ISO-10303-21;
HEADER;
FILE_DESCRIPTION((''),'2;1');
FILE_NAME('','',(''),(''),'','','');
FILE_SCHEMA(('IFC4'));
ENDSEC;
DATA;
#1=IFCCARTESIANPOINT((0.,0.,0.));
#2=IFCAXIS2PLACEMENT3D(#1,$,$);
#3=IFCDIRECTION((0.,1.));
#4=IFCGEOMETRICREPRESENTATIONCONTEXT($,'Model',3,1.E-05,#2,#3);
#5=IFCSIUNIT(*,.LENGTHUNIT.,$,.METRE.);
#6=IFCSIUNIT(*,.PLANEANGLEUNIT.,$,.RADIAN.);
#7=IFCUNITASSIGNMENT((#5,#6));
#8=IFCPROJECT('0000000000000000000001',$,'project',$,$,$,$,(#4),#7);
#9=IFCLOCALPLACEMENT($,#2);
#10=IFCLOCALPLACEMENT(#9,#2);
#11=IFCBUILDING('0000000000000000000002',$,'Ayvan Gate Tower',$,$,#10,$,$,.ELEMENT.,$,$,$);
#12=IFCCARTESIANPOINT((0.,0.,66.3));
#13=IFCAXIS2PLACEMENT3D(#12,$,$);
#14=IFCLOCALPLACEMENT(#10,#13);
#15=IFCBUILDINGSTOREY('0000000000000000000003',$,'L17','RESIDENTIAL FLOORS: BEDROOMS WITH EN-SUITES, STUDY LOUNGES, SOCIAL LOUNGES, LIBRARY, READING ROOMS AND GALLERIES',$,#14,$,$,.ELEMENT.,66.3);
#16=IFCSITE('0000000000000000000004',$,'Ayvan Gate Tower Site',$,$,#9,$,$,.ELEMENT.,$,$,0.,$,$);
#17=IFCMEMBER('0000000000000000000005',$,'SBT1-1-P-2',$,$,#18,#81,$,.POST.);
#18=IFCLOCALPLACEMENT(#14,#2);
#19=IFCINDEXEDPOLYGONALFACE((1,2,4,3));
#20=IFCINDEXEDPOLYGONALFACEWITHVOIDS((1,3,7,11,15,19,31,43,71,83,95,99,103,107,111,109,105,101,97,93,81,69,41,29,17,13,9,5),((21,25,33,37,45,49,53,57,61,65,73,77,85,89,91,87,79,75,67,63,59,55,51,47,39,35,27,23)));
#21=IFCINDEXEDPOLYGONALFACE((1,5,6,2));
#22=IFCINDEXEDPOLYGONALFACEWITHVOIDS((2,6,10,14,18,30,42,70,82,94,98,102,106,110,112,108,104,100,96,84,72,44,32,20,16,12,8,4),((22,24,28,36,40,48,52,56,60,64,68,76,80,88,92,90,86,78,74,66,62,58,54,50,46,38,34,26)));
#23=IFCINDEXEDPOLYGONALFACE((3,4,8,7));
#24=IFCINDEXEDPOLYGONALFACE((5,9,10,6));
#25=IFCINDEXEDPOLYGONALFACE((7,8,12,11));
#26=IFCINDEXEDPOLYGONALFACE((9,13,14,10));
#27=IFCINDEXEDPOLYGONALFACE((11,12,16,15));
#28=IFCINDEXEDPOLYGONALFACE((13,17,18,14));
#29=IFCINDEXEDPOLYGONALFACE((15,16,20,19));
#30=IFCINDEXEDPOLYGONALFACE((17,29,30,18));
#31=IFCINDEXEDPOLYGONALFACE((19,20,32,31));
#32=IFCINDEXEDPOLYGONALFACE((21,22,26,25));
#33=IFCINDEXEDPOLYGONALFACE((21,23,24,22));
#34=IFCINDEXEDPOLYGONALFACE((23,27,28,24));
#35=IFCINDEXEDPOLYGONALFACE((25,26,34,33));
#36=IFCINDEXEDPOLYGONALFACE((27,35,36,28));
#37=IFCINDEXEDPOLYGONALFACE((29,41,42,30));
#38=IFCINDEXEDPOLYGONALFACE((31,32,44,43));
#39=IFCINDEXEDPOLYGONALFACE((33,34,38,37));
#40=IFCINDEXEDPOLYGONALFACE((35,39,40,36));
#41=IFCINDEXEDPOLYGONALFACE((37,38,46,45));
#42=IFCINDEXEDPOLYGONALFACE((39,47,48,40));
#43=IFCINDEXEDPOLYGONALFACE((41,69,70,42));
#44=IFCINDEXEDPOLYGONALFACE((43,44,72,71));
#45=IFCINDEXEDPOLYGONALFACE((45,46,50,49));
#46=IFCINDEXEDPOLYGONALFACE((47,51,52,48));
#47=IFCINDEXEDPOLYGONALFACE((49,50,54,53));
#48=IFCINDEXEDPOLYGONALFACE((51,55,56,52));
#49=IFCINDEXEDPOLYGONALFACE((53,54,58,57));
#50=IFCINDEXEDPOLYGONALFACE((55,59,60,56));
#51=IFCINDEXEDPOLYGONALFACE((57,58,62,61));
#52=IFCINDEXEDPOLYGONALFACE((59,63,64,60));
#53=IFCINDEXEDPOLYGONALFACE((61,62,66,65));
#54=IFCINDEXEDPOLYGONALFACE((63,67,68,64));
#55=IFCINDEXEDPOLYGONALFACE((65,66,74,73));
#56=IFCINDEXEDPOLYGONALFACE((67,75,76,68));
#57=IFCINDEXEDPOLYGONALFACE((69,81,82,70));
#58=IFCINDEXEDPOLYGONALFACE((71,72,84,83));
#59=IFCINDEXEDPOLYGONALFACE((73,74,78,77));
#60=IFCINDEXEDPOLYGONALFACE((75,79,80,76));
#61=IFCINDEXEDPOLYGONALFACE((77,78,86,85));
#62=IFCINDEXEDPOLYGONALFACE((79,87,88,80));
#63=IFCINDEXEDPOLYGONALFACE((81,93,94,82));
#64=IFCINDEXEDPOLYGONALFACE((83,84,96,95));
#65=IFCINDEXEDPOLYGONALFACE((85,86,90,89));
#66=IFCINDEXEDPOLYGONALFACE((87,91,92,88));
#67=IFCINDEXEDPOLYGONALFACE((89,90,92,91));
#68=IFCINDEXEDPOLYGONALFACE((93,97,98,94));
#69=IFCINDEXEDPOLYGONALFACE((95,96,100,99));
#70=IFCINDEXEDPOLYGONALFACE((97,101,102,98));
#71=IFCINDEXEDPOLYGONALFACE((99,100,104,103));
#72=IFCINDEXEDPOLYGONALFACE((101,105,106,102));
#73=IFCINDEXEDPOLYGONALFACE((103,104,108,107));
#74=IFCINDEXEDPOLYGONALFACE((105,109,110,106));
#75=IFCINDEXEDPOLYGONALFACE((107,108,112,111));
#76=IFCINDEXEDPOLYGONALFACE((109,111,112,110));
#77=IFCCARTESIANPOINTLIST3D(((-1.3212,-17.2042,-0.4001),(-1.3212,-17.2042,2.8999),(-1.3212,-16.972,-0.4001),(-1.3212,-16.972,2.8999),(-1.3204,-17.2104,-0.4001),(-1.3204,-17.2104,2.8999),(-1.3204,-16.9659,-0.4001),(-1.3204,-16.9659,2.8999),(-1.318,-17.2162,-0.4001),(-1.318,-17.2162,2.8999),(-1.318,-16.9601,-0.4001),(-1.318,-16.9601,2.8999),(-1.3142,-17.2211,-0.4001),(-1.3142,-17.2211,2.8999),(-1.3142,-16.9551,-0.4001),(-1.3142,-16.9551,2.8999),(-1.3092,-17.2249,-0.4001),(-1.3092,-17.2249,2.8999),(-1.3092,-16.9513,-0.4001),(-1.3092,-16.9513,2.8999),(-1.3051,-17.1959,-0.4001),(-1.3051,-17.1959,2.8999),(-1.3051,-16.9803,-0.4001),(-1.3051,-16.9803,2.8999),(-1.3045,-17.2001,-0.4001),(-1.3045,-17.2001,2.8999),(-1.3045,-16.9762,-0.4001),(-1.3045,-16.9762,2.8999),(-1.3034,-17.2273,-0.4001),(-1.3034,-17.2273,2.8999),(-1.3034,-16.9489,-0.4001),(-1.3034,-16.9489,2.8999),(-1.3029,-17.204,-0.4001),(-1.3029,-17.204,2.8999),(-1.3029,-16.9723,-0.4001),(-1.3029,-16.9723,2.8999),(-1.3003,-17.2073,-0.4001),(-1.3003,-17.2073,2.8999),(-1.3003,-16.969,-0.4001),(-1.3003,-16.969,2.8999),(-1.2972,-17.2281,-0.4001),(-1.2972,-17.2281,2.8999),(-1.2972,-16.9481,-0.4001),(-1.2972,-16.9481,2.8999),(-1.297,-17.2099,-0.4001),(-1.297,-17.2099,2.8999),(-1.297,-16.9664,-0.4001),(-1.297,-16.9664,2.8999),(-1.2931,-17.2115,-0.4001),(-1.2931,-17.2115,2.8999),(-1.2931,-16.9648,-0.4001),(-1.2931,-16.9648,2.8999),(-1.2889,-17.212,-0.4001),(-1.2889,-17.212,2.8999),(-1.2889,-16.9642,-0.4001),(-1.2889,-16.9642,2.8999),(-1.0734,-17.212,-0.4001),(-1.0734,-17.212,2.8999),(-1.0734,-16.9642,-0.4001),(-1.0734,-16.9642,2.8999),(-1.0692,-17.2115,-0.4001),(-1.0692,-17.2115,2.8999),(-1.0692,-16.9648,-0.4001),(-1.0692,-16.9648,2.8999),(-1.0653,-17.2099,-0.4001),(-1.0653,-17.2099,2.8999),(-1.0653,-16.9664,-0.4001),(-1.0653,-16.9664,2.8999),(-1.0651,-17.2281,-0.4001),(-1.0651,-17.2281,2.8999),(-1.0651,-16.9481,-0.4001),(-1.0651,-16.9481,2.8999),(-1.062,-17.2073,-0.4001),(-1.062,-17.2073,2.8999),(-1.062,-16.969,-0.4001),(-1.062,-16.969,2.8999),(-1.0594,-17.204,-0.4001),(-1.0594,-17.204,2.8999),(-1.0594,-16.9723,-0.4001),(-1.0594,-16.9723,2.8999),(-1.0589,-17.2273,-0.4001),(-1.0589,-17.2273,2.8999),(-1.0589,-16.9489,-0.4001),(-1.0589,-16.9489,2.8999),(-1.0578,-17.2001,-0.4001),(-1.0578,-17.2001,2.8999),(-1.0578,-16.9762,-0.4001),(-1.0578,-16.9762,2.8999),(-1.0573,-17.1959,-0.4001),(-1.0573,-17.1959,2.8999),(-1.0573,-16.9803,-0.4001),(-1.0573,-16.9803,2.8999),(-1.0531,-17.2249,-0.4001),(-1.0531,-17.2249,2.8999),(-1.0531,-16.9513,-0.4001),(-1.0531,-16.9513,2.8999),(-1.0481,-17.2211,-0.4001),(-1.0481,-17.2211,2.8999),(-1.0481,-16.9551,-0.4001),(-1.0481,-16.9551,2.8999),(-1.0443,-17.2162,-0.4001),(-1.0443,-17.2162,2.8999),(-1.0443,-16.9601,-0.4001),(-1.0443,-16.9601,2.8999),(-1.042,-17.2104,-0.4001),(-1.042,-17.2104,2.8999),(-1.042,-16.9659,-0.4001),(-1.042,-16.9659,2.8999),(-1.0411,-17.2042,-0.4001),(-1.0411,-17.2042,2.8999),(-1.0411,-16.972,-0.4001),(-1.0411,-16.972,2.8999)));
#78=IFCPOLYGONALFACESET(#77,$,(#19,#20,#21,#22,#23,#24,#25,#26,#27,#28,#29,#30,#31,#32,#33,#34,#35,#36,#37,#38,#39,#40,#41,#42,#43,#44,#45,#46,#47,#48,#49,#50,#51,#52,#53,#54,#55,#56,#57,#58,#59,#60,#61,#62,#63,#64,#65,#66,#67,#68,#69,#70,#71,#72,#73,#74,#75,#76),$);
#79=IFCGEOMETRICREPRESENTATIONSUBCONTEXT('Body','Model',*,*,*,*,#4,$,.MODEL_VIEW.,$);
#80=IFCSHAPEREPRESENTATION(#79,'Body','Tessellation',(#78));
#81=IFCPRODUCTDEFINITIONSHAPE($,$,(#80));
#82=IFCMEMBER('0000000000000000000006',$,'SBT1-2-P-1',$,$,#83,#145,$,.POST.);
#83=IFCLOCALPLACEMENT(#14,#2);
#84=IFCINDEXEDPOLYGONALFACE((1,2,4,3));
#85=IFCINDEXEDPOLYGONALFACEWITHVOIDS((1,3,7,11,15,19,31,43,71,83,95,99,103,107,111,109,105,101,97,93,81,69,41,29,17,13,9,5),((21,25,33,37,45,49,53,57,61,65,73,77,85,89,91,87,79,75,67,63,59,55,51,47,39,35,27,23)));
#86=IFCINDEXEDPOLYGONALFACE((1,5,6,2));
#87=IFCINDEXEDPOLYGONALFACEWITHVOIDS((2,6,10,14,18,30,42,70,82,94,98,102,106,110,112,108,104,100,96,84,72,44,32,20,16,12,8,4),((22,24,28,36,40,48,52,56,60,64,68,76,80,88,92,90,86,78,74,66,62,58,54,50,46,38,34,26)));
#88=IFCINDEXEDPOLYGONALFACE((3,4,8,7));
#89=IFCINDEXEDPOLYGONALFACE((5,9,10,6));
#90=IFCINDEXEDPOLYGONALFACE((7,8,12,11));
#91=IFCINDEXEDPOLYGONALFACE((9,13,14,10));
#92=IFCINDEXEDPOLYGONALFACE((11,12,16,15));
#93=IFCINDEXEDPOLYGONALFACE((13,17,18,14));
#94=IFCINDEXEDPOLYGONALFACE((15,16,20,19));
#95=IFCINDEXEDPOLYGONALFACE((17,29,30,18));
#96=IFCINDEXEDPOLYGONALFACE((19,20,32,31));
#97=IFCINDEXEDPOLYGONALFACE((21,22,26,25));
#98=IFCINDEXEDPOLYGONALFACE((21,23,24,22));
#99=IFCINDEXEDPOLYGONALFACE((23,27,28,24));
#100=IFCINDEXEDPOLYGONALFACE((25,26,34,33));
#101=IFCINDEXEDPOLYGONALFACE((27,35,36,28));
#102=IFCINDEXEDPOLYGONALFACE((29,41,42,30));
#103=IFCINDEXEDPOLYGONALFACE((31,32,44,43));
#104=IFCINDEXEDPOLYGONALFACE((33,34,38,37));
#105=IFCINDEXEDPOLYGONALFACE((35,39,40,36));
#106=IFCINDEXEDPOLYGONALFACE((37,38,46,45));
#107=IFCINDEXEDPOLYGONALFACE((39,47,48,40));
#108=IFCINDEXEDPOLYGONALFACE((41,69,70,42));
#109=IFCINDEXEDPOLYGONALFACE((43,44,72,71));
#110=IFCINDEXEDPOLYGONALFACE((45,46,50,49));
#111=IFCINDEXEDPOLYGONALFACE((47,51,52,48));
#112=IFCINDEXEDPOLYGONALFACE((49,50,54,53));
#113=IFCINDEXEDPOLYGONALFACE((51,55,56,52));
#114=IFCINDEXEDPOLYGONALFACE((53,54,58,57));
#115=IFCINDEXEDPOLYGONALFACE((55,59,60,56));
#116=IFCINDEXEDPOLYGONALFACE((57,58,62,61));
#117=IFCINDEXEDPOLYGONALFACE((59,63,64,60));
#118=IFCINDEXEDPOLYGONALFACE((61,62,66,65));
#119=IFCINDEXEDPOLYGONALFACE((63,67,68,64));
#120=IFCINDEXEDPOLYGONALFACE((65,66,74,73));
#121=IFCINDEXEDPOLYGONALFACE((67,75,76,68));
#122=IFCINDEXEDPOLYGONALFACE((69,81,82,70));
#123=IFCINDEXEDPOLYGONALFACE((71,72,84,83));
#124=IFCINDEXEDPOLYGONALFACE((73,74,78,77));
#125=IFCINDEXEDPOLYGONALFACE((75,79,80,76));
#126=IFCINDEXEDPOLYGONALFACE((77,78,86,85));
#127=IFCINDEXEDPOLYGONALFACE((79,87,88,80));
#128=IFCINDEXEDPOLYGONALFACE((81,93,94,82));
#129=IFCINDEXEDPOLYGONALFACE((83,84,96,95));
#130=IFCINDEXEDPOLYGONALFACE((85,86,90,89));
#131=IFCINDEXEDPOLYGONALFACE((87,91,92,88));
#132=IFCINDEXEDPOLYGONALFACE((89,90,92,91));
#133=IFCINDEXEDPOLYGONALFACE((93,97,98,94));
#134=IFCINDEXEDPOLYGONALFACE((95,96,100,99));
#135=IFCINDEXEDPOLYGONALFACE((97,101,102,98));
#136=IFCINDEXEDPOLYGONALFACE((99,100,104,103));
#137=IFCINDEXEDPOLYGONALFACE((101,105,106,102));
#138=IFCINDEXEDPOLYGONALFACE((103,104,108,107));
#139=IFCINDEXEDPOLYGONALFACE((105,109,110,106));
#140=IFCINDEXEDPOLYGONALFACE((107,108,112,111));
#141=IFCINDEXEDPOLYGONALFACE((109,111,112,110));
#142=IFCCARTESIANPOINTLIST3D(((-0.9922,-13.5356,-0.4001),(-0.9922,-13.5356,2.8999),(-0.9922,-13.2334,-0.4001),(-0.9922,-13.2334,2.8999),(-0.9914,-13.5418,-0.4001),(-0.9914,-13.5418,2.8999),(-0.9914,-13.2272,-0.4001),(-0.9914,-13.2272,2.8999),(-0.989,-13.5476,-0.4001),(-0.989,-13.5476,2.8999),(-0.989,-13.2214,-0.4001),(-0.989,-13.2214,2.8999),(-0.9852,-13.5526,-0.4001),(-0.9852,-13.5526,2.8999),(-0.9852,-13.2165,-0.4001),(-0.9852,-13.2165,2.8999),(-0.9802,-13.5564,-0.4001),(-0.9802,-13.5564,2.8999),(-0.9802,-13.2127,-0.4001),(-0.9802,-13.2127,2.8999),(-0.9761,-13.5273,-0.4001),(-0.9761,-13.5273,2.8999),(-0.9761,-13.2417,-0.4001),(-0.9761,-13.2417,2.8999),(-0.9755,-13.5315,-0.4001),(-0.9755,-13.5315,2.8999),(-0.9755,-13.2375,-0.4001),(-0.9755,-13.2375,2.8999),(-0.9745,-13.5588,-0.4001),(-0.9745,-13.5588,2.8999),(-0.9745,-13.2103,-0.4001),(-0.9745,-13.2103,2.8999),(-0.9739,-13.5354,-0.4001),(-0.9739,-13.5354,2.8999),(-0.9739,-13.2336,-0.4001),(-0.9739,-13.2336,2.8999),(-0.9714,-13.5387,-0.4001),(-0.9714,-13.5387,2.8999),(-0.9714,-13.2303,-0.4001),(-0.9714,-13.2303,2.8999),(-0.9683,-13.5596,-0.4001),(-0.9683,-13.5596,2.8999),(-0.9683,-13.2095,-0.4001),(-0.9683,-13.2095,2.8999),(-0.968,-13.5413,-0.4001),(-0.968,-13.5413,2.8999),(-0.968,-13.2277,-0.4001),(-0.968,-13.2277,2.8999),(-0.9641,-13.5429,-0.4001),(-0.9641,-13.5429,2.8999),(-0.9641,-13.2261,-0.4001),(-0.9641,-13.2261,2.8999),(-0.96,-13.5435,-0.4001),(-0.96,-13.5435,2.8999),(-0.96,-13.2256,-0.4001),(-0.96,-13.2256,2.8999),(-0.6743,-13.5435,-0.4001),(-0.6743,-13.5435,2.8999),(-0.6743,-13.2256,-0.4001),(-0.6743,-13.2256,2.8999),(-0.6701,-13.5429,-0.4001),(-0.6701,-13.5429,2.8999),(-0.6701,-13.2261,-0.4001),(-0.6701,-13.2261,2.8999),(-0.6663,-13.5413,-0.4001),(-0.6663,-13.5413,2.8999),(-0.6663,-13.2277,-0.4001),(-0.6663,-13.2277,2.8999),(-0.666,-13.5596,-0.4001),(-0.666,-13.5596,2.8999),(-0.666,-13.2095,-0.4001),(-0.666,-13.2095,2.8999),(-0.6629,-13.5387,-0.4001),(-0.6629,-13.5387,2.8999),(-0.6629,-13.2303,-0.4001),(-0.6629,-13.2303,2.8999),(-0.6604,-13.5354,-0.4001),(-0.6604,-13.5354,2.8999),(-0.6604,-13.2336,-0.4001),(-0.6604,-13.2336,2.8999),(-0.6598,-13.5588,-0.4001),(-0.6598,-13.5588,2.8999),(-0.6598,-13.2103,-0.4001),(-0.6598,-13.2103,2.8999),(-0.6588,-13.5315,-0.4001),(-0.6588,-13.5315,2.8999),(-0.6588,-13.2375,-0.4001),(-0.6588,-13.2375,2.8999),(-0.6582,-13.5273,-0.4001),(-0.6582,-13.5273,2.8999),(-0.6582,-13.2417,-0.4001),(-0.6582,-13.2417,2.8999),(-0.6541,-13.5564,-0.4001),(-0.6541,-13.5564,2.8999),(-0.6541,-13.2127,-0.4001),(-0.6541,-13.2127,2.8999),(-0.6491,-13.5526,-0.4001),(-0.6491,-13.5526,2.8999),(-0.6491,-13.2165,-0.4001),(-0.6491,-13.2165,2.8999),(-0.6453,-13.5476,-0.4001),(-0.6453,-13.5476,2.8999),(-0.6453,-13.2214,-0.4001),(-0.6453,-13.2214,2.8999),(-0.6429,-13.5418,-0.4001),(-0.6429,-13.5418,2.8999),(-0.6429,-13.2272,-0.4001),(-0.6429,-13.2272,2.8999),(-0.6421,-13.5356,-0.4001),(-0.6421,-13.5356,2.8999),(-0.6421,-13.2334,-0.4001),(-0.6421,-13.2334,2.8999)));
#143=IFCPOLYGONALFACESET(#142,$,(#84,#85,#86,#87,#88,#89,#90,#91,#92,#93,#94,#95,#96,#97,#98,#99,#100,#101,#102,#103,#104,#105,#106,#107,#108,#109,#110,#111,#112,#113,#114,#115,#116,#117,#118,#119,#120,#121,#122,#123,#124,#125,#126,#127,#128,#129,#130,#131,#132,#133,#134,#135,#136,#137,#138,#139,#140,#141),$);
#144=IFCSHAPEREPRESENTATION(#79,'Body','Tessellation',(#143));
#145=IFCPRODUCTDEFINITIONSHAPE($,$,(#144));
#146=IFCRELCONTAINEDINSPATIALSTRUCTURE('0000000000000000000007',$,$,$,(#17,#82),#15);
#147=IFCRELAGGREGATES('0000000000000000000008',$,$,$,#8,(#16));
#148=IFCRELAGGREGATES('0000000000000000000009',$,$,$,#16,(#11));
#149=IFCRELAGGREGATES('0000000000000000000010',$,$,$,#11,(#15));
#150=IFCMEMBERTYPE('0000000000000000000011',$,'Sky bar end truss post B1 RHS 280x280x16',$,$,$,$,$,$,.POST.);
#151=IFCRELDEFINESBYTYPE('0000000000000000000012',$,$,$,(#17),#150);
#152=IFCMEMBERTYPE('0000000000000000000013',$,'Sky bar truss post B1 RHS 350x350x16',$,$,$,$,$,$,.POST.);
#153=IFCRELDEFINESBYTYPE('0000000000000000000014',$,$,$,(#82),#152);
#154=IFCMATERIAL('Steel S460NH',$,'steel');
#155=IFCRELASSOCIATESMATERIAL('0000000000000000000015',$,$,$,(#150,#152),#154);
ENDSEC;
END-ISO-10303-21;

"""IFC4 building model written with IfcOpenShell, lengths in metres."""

from ifc_helpers import new_model, si_unit, direction, frame, origin, origin_2d, place, context, subcontext, project, spatial, hollow_rectangle, extrude, material, material_profile, profile_set, type_object, element, save


model = new_model("IFC4")

# Units and contexts
model_context = context("Model", 3, precision=1e-05, world=origin(), true_north=direction((0.0, 1.0)))
body_context = subcontext(model_context, "Body", "Model", "MODEL_VIEW")
ifc_project = project(units=[si_unit("LENGTHUNIT", "METRE"), si_unit("PLANEANGLEUNIT", "RADIAN")], contexts=[model_context])

# Site, building, storey
site_placement = place(None, origin())
site = spatial("IfcSite", under=ifc_project, at=site_placement, Name="Ayvan Gate Tower Site", CompositionType="ELEMENT", RefElevation=0.0)
building_placement = place(site_placement, origin())
building = spatial("IfcBuilding", under=site, at=building_placement, Name="Ayvan Gate Tower", CompositionType="ELEMENT")
storey_placement = place(building_placement, frame((0.0, 0.0, 66.3)))
storey = spatial("IfcBuildingStorey", under=building, at=storey_placement, Name="L17", Description="RESIDENTIAL FLOORS: BEDROOMS WITH EN-SUITES, STUDY LOUNGES, SOCIAL LOUNGES, LIBRARY, READING ROOMS AND GALLERIES", CompositionType="ELEMENT", Elevation=66.3)

# Members
ifc_material_1 = material(Name="Steel S460NH", Category="steel")
ifc_material_profile_1 = material_profile(ifc_material_1, hollow_rectangle(XDim=0.28, YDim=0.28, WallThickness=0.0161, InnerFilletRadius=0.0161, OuterFilletRadius=0.0239, at=origin_2d()), Name="RHS 280x280x16")
ifc_profile_set_1 = profile_set([ifc_material_profile_1], Name="Steel S460NH")
member_type_1 = type_object("IfcMemberType", Name="Sky bar end truss post B1 RHS 280x280x16", PredefinedType="POST", material=ifc_profile_set_1)
member_placement = place(storey_placement, frame((-1.1812, -17.0881, -0.4001), z_axis=(0.0, 0.0, 1.0), x_axis=(1.0, 0.0, 0.0)))
element("IfcMember", 1, at=member_placement, inside=storey, type_object=member_type_1, Name="SBT1-1-P-2", PredefinedType="POST", context=body_context, shape_type="SweptSolid", body=[
    extrude(hollow_rectangle(XDim=0.28, YDim=0.28, WallThickness=0.0161, InnerFilletRadius=0.0161, OuterFilletRadius=0.0239, at=origin_2d()), origin(), (0.0, 0.0, 1.0), 3.3),
])
ifc_material_profile_2 = material_profile(ifc_material_1, hollow_rectangle(XDim=0.3501, YDim=0.3501, WallThickness=0.0161, InnerFilletRadius=0.0161, OuterFilletRadius=0.0239, at=origin_2d()), Name="RHS 350x350x16")
ifc_profile_set_2 = profile_set([ifc_material_profile_2], Name="Steel S460NH")
member_type_2 = type_object("IfcMemberType", Name="Sky bar truss post B1 RHS 350x350x16", PredefinedType="POST", material=ifc_profile_set_2)
for number, where, z_axis, x_axis, name in (
    (2, (-0.8171, -13.3845, -0.4001), (0.0, 0.0, 1.0), (1.0, 0.0, 0.0), "SBT1-2-P-1"),
):
    element("IfcMember", number, at=place(storey_placement, frame(where, z_axis=z_axis, x_axis=x_axis)), inside=storey, type_object=member_type_2, Name=name, PredefinedType="POST", context=body_context, shape_type="SweptSolid", body=[
        extrude(hollow_rectangle(XDim=0.3501, YDim=0.3501, WallThickness=0.0161, InnerFilletRadius=0.0161, OuterFilletRadius=0.0239, at=origin_2d()), origin(), (0.0, 0.0, 1.0), 3.3),
    ])

save(model, "model.ifc")
